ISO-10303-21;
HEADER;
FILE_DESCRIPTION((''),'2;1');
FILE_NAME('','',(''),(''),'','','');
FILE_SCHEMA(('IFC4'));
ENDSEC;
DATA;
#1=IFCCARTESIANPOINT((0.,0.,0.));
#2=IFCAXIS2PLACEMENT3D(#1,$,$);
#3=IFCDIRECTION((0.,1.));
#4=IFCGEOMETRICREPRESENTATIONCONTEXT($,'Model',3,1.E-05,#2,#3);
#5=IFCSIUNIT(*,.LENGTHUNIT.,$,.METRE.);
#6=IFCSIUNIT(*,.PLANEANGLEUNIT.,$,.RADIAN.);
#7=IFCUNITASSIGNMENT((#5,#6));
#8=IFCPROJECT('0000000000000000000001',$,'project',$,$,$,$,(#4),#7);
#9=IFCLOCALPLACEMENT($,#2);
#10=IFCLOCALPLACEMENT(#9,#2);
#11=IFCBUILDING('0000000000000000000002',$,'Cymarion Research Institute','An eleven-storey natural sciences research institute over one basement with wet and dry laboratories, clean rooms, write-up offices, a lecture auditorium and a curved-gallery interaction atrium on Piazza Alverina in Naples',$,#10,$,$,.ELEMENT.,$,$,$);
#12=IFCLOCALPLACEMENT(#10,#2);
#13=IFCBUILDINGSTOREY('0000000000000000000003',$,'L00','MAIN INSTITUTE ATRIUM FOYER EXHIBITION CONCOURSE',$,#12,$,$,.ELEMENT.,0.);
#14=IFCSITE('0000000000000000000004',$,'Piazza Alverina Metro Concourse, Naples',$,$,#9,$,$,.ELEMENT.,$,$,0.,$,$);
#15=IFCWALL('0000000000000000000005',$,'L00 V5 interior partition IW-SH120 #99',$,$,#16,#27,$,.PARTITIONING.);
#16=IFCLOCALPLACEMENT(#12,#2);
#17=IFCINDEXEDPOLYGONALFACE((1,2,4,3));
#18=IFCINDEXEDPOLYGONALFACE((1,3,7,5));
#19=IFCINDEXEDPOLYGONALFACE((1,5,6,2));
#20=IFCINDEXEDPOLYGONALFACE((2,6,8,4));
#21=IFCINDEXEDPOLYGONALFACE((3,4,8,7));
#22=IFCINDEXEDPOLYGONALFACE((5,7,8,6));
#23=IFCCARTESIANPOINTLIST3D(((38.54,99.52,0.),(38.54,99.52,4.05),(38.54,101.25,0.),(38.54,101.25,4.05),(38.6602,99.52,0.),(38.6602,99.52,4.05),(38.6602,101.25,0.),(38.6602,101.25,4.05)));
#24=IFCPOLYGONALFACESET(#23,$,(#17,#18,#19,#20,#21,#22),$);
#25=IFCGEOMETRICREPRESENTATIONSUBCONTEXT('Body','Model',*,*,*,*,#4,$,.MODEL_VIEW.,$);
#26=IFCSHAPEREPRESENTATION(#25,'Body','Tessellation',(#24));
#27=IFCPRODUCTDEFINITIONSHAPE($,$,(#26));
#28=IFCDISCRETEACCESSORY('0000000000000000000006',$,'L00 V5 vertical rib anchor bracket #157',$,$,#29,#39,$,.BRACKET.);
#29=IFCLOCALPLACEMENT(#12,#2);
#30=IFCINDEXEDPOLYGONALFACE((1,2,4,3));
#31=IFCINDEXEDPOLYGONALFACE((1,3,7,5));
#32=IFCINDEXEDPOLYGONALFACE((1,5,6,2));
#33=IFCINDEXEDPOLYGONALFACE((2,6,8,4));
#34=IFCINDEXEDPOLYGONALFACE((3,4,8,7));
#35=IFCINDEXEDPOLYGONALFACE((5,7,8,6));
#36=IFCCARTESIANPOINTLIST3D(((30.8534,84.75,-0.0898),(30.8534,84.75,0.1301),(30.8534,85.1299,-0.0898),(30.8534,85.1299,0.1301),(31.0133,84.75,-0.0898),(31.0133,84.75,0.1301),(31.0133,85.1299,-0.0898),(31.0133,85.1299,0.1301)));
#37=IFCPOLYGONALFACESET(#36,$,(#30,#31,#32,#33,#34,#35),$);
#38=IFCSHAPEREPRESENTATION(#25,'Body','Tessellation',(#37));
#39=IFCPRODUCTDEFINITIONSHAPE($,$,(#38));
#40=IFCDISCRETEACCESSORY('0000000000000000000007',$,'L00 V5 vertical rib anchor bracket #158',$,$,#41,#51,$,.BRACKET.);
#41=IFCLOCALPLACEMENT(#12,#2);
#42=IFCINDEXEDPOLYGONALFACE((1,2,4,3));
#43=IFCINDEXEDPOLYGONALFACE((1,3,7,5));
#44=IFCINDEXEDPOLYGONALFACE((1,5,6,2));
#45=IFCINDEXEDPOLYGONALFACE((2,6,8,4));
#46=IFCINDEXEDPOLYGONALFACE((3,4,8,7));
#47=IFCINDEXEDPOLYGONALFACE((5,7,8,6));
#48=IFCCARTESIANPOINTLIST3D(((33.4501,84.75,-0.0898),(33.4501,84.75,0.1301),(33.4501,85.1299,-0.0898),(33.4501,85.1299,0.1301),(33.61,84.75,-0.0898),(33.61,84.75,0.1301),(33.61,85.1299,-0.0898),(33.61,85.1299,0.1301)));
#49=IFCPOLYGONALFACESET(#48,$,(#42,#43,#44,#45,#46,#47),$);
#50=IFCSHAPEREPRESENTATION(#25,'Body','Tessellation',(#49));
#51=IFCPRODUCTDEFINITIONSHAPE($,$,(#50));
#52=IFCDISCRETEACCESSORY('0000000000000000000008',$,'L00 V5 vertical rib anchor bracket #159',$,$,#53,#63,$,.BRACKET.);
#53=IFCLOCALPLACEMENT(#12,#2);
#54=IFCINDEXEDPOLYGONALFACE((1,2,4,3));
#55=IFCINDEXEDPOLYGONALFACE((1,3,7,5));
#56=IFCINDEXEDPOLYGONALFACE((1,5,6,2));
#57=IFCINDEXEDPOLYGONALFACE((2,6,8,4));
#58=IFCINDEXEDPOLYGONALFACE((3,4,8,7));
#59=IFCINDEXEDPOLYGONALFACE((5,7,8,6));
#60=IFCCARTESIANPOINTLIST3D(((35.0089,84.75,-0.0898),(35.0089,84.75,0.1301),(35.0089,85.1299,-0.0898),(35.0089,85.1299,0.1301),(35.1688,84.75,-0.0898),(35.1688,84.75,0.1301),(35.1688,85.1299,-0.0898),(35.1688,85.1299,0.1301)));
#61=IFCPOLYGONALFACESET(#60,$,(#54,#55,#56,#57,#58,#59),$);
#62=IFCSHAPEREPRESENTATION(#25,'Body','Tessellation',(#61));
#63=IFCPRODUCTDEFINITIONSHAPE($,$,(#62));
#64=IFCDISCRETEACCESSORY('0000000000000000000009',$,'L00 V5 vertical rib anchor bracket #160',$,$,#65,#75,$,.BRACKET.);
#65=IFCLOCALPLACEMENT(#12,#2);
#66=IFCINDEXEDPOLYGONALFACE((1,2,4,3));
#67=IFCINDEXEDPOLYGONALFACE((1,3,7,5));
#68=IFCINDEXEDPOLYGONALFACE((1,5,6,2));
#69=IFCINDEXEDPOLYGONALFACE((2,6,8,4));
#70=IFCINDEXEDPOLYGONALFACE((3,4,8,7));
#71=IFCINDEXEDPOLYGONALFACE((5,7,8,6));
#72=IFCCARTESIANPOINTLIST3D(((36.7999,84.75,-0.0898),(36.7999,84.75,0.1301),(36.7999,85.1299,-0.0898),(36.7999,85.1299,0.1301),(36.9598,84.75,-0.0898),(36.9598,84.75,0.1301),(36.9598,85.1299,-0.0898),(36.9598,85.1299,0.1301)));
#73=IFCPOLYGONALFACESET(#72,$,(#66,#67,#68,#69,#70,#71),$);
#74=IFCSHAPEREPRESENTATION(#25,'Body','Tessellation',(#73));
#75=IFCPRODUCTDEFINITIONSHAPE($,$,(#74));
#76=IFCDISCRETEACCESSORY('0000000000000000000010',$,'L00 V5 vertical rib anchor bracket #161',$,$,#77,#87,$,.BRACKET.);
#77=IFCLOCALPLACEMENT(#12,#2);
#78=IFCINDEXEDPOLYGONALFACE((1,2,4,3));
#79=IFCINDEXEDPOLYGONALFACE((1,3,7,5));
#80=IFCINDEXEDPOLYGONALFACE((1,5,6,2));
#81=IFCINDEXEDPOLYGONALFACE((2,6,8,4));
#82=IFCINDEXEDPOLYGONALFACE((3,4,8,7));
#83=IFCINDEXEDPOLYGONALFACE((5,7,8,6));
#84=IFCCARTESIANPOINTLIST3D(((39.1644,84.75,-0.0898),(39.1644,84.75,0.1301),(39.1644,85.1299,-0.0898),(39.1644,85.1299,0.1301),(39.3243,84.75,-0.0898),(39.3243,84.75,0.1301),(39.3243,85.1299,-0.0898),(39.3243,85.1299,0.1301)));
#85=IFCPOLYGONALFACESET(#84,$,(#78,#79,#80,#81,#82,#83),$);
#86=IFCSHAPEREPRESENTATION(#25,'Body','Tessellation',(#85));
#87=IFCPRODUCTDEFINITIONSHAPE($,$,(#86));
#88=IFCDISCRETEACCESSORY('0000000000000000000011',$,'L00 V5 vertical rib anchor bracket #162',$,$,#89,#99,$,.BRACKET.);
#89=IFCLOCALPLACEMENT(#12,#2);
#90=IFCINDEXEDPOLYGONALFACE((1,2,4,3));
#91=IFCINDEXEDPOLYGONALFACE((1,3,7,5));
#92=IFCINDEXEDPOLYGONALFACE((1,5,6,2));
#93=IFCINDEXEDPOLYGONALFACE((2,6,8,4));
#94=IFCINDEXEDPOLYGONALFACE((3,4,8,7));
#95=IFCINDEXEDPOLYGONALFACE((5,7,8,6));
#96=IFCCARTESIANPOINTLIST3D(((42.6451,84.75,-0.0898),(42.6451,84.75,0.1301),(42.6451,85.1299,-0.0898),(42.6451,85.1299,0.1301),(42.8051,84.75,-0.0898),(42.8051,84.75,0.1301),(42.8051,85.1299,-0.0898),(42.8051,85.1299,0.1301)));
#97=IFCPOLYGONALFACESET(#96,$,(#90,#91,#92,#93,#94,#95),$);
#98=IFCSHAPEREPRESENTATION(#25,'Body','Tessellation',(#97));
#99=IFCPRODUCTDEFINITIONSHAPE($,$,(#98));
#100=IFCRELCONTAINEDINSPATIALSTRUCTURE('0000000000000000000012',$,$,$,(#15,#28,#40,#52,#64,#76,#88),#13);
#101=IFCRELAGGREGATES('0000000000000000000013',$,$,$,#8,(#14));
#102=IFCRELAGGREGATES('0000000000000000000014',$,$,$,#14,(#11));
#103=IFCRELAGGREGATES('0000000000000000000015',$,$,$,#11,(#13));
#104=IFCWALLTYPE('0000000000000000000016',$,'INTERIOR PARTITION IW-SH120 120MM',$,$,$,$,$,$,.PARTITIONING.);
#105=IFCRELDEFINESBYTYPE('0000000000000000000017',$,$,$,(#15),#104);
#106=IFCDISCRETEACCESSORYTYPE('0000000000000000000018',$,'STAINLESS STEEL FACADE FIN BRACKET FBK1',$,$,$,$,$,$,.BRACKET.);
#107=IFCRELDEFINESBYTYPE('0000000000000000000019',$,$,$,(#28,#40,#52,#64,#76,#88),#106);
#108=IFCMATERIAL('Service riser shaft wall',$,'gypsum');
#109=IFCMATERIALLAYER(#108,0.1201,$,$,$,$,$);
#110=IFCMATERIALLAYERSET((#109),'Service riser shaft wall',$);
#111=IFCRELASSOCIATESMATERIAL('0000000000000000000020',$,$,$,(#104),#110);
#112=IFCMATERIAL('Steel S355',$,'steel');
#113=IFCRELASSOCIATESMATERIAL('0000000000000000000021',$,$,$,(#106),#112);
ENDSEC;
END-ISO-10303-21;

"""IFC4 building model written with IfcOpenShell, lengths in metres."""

from ifc_helpers import new_model, si_unit, direction, frame, frame_2d, origin, origin_2d, place, context, subcontext, project, spatial, rectangle, extrude, material, layer, layer_set, type_object, element, save


model = new_model("IFC4")

# Units and contexts
model_context = context("Model", 3, precision=1e-05, world=origin(), true_north=direction((0.0, 1.0)))
body_context = subcontext(model_context, "Body", "Model", "MODEL_VIEW")
ifc_project = project(units=[si_unit("LENGTHUNIT", "METRE"), si_unit("PLANEANGLEUNIT", "RADIAN")], contexts=[model_context])

# Site, building, storey
site_placement = place(None, origin())
site = spatial("IfcSite", under=ifc_project, at=site_placement, Name="Piazza Alverina Metro Concourse, Naples", CompositionType="ELEMENT", RefElevation=0.0)
building_placement = place(site_placement, origin())
building = spatial("IfcBuilding", under=site, at=building_placement, Name="Cymarion Research Institute", Description="An eleven-storey natural sciences research institute over one basement with wet and dry laboratories, clean rooms, write-up offices, a lecture auditorium and a curved-gallery interaction atrium on Piazza Alverina in Naples", CompositionType="ELEMENT")
storey_placement = place(building_placement, origin())
storey = spatial("IfcBuildingStorey", under=building, at=storey_placement, Name="L00", Description="MAIN INSTITUTE ATRIUM FOYER EXHIBITION CONCOURSE", CompositionType="ELEMENT", Elevation=0.0)

# Shared definitions
ifc_material_1 = material(Name="Steel S355", Category="steel")

# Shared definitions
ifc_material_2 = material(Name="Service riser shaft wall", Category="gypsum")
ifc_layer = layer(ifc_material_2, 0.1201)
ifc_layer_set = layer_set([ifc_layer], Name="Service riser shaft wall")
wall_type = type_object("IfcWallType", Name="INTERIOR PARTITION IW-SH120 120MM", PredefinedType="PARTITIONING", material=ifc_layer_set)

# Wall
wall_1_placement = place(storey_placement, frame((38.6001, 99.52, 0.0), z_axis=(0.0, 0.0, 1.0), x_axis=(0.0, 1.0, 0.0)))
element("IfcWall", 1, at=wall_1_placement, inside=storey, type_object=wall_type, Name="L00 V5 interior partition IW-SH120 #99", PredefinedType="PARTITIONING", context=body_context, shape_type="SweptSolid", body=[
    extrude(rectangle(XDim=1.73, YDim=0.1201, at=frame_2d((0.865, 0.0))), origin(), (0.0, 0.0, 1.0), 4.05),
])

# Discrete accessories
discrete_accessory_type = type_object("IfcDiscreteAccessoryType", Name="STAINLESS STEEL FACADE FIN BRACKET FBK1", PredefinedType="BRACKET", material=ifc_material_1)
for number, where, z_axis, x_axis, name in (
    (2, (30.9333, 84.9399, -0.0898), (0.0, 0.0, 1.0), (0.0, -1.0, 0.0), "L00 V5 vertical rib anchor bracket #157"),
    (3, (33.53, 84.9399, -0.0898), (0.0, 0.0, 1.0), (0.0, -1.0, 0.0), "L00 V5 vertical rib anchor bracket #158"),
    (4, (35.0889, 84.9399, -0.0898), (0.0, 0.0, 1.0), (0.0, -1.0, 0.0), "L00 V5 vertical rib anchor bracket #159"),
    (5, (36.8799, 84.9399, -0.0898), (0.0, 0.0, 1.0), (0.0, -1.0, 0.0), "L00 V5 vertical rib anchor bracket #160"),
    (6, (39.2444, 84.9399, -0.0898), (0.0, 0.0, 1.0), (0.0, -1.0, 0.0), "L00 V5 vertical rib anchor bracket #161"),
    (7, (42.7251, 84.9399, -0.0898), (0.0, 0.0, 1.0), (0.0, -1.0, 0.0), "L00 V5 vertical rib anchor bracket #162"),
):
    element("IfcDiscreteAccessory", number, at=place(storey_placement, frame(where, z_axis=z_axis, x_axis=x_axis)), inside=storey, type_object=discrete_accessory_type, Name=name, PredefinedType="BRACKET", context=body_context, shape_type="SweptSolid", body=[
        extrude(rectangle(XDim=0.3799, YDim=0.1599, at=origin_2d()), origin(), (0.0, 0.0, 1.0), 0.22),
    ])

save(model, "model.ifc")
